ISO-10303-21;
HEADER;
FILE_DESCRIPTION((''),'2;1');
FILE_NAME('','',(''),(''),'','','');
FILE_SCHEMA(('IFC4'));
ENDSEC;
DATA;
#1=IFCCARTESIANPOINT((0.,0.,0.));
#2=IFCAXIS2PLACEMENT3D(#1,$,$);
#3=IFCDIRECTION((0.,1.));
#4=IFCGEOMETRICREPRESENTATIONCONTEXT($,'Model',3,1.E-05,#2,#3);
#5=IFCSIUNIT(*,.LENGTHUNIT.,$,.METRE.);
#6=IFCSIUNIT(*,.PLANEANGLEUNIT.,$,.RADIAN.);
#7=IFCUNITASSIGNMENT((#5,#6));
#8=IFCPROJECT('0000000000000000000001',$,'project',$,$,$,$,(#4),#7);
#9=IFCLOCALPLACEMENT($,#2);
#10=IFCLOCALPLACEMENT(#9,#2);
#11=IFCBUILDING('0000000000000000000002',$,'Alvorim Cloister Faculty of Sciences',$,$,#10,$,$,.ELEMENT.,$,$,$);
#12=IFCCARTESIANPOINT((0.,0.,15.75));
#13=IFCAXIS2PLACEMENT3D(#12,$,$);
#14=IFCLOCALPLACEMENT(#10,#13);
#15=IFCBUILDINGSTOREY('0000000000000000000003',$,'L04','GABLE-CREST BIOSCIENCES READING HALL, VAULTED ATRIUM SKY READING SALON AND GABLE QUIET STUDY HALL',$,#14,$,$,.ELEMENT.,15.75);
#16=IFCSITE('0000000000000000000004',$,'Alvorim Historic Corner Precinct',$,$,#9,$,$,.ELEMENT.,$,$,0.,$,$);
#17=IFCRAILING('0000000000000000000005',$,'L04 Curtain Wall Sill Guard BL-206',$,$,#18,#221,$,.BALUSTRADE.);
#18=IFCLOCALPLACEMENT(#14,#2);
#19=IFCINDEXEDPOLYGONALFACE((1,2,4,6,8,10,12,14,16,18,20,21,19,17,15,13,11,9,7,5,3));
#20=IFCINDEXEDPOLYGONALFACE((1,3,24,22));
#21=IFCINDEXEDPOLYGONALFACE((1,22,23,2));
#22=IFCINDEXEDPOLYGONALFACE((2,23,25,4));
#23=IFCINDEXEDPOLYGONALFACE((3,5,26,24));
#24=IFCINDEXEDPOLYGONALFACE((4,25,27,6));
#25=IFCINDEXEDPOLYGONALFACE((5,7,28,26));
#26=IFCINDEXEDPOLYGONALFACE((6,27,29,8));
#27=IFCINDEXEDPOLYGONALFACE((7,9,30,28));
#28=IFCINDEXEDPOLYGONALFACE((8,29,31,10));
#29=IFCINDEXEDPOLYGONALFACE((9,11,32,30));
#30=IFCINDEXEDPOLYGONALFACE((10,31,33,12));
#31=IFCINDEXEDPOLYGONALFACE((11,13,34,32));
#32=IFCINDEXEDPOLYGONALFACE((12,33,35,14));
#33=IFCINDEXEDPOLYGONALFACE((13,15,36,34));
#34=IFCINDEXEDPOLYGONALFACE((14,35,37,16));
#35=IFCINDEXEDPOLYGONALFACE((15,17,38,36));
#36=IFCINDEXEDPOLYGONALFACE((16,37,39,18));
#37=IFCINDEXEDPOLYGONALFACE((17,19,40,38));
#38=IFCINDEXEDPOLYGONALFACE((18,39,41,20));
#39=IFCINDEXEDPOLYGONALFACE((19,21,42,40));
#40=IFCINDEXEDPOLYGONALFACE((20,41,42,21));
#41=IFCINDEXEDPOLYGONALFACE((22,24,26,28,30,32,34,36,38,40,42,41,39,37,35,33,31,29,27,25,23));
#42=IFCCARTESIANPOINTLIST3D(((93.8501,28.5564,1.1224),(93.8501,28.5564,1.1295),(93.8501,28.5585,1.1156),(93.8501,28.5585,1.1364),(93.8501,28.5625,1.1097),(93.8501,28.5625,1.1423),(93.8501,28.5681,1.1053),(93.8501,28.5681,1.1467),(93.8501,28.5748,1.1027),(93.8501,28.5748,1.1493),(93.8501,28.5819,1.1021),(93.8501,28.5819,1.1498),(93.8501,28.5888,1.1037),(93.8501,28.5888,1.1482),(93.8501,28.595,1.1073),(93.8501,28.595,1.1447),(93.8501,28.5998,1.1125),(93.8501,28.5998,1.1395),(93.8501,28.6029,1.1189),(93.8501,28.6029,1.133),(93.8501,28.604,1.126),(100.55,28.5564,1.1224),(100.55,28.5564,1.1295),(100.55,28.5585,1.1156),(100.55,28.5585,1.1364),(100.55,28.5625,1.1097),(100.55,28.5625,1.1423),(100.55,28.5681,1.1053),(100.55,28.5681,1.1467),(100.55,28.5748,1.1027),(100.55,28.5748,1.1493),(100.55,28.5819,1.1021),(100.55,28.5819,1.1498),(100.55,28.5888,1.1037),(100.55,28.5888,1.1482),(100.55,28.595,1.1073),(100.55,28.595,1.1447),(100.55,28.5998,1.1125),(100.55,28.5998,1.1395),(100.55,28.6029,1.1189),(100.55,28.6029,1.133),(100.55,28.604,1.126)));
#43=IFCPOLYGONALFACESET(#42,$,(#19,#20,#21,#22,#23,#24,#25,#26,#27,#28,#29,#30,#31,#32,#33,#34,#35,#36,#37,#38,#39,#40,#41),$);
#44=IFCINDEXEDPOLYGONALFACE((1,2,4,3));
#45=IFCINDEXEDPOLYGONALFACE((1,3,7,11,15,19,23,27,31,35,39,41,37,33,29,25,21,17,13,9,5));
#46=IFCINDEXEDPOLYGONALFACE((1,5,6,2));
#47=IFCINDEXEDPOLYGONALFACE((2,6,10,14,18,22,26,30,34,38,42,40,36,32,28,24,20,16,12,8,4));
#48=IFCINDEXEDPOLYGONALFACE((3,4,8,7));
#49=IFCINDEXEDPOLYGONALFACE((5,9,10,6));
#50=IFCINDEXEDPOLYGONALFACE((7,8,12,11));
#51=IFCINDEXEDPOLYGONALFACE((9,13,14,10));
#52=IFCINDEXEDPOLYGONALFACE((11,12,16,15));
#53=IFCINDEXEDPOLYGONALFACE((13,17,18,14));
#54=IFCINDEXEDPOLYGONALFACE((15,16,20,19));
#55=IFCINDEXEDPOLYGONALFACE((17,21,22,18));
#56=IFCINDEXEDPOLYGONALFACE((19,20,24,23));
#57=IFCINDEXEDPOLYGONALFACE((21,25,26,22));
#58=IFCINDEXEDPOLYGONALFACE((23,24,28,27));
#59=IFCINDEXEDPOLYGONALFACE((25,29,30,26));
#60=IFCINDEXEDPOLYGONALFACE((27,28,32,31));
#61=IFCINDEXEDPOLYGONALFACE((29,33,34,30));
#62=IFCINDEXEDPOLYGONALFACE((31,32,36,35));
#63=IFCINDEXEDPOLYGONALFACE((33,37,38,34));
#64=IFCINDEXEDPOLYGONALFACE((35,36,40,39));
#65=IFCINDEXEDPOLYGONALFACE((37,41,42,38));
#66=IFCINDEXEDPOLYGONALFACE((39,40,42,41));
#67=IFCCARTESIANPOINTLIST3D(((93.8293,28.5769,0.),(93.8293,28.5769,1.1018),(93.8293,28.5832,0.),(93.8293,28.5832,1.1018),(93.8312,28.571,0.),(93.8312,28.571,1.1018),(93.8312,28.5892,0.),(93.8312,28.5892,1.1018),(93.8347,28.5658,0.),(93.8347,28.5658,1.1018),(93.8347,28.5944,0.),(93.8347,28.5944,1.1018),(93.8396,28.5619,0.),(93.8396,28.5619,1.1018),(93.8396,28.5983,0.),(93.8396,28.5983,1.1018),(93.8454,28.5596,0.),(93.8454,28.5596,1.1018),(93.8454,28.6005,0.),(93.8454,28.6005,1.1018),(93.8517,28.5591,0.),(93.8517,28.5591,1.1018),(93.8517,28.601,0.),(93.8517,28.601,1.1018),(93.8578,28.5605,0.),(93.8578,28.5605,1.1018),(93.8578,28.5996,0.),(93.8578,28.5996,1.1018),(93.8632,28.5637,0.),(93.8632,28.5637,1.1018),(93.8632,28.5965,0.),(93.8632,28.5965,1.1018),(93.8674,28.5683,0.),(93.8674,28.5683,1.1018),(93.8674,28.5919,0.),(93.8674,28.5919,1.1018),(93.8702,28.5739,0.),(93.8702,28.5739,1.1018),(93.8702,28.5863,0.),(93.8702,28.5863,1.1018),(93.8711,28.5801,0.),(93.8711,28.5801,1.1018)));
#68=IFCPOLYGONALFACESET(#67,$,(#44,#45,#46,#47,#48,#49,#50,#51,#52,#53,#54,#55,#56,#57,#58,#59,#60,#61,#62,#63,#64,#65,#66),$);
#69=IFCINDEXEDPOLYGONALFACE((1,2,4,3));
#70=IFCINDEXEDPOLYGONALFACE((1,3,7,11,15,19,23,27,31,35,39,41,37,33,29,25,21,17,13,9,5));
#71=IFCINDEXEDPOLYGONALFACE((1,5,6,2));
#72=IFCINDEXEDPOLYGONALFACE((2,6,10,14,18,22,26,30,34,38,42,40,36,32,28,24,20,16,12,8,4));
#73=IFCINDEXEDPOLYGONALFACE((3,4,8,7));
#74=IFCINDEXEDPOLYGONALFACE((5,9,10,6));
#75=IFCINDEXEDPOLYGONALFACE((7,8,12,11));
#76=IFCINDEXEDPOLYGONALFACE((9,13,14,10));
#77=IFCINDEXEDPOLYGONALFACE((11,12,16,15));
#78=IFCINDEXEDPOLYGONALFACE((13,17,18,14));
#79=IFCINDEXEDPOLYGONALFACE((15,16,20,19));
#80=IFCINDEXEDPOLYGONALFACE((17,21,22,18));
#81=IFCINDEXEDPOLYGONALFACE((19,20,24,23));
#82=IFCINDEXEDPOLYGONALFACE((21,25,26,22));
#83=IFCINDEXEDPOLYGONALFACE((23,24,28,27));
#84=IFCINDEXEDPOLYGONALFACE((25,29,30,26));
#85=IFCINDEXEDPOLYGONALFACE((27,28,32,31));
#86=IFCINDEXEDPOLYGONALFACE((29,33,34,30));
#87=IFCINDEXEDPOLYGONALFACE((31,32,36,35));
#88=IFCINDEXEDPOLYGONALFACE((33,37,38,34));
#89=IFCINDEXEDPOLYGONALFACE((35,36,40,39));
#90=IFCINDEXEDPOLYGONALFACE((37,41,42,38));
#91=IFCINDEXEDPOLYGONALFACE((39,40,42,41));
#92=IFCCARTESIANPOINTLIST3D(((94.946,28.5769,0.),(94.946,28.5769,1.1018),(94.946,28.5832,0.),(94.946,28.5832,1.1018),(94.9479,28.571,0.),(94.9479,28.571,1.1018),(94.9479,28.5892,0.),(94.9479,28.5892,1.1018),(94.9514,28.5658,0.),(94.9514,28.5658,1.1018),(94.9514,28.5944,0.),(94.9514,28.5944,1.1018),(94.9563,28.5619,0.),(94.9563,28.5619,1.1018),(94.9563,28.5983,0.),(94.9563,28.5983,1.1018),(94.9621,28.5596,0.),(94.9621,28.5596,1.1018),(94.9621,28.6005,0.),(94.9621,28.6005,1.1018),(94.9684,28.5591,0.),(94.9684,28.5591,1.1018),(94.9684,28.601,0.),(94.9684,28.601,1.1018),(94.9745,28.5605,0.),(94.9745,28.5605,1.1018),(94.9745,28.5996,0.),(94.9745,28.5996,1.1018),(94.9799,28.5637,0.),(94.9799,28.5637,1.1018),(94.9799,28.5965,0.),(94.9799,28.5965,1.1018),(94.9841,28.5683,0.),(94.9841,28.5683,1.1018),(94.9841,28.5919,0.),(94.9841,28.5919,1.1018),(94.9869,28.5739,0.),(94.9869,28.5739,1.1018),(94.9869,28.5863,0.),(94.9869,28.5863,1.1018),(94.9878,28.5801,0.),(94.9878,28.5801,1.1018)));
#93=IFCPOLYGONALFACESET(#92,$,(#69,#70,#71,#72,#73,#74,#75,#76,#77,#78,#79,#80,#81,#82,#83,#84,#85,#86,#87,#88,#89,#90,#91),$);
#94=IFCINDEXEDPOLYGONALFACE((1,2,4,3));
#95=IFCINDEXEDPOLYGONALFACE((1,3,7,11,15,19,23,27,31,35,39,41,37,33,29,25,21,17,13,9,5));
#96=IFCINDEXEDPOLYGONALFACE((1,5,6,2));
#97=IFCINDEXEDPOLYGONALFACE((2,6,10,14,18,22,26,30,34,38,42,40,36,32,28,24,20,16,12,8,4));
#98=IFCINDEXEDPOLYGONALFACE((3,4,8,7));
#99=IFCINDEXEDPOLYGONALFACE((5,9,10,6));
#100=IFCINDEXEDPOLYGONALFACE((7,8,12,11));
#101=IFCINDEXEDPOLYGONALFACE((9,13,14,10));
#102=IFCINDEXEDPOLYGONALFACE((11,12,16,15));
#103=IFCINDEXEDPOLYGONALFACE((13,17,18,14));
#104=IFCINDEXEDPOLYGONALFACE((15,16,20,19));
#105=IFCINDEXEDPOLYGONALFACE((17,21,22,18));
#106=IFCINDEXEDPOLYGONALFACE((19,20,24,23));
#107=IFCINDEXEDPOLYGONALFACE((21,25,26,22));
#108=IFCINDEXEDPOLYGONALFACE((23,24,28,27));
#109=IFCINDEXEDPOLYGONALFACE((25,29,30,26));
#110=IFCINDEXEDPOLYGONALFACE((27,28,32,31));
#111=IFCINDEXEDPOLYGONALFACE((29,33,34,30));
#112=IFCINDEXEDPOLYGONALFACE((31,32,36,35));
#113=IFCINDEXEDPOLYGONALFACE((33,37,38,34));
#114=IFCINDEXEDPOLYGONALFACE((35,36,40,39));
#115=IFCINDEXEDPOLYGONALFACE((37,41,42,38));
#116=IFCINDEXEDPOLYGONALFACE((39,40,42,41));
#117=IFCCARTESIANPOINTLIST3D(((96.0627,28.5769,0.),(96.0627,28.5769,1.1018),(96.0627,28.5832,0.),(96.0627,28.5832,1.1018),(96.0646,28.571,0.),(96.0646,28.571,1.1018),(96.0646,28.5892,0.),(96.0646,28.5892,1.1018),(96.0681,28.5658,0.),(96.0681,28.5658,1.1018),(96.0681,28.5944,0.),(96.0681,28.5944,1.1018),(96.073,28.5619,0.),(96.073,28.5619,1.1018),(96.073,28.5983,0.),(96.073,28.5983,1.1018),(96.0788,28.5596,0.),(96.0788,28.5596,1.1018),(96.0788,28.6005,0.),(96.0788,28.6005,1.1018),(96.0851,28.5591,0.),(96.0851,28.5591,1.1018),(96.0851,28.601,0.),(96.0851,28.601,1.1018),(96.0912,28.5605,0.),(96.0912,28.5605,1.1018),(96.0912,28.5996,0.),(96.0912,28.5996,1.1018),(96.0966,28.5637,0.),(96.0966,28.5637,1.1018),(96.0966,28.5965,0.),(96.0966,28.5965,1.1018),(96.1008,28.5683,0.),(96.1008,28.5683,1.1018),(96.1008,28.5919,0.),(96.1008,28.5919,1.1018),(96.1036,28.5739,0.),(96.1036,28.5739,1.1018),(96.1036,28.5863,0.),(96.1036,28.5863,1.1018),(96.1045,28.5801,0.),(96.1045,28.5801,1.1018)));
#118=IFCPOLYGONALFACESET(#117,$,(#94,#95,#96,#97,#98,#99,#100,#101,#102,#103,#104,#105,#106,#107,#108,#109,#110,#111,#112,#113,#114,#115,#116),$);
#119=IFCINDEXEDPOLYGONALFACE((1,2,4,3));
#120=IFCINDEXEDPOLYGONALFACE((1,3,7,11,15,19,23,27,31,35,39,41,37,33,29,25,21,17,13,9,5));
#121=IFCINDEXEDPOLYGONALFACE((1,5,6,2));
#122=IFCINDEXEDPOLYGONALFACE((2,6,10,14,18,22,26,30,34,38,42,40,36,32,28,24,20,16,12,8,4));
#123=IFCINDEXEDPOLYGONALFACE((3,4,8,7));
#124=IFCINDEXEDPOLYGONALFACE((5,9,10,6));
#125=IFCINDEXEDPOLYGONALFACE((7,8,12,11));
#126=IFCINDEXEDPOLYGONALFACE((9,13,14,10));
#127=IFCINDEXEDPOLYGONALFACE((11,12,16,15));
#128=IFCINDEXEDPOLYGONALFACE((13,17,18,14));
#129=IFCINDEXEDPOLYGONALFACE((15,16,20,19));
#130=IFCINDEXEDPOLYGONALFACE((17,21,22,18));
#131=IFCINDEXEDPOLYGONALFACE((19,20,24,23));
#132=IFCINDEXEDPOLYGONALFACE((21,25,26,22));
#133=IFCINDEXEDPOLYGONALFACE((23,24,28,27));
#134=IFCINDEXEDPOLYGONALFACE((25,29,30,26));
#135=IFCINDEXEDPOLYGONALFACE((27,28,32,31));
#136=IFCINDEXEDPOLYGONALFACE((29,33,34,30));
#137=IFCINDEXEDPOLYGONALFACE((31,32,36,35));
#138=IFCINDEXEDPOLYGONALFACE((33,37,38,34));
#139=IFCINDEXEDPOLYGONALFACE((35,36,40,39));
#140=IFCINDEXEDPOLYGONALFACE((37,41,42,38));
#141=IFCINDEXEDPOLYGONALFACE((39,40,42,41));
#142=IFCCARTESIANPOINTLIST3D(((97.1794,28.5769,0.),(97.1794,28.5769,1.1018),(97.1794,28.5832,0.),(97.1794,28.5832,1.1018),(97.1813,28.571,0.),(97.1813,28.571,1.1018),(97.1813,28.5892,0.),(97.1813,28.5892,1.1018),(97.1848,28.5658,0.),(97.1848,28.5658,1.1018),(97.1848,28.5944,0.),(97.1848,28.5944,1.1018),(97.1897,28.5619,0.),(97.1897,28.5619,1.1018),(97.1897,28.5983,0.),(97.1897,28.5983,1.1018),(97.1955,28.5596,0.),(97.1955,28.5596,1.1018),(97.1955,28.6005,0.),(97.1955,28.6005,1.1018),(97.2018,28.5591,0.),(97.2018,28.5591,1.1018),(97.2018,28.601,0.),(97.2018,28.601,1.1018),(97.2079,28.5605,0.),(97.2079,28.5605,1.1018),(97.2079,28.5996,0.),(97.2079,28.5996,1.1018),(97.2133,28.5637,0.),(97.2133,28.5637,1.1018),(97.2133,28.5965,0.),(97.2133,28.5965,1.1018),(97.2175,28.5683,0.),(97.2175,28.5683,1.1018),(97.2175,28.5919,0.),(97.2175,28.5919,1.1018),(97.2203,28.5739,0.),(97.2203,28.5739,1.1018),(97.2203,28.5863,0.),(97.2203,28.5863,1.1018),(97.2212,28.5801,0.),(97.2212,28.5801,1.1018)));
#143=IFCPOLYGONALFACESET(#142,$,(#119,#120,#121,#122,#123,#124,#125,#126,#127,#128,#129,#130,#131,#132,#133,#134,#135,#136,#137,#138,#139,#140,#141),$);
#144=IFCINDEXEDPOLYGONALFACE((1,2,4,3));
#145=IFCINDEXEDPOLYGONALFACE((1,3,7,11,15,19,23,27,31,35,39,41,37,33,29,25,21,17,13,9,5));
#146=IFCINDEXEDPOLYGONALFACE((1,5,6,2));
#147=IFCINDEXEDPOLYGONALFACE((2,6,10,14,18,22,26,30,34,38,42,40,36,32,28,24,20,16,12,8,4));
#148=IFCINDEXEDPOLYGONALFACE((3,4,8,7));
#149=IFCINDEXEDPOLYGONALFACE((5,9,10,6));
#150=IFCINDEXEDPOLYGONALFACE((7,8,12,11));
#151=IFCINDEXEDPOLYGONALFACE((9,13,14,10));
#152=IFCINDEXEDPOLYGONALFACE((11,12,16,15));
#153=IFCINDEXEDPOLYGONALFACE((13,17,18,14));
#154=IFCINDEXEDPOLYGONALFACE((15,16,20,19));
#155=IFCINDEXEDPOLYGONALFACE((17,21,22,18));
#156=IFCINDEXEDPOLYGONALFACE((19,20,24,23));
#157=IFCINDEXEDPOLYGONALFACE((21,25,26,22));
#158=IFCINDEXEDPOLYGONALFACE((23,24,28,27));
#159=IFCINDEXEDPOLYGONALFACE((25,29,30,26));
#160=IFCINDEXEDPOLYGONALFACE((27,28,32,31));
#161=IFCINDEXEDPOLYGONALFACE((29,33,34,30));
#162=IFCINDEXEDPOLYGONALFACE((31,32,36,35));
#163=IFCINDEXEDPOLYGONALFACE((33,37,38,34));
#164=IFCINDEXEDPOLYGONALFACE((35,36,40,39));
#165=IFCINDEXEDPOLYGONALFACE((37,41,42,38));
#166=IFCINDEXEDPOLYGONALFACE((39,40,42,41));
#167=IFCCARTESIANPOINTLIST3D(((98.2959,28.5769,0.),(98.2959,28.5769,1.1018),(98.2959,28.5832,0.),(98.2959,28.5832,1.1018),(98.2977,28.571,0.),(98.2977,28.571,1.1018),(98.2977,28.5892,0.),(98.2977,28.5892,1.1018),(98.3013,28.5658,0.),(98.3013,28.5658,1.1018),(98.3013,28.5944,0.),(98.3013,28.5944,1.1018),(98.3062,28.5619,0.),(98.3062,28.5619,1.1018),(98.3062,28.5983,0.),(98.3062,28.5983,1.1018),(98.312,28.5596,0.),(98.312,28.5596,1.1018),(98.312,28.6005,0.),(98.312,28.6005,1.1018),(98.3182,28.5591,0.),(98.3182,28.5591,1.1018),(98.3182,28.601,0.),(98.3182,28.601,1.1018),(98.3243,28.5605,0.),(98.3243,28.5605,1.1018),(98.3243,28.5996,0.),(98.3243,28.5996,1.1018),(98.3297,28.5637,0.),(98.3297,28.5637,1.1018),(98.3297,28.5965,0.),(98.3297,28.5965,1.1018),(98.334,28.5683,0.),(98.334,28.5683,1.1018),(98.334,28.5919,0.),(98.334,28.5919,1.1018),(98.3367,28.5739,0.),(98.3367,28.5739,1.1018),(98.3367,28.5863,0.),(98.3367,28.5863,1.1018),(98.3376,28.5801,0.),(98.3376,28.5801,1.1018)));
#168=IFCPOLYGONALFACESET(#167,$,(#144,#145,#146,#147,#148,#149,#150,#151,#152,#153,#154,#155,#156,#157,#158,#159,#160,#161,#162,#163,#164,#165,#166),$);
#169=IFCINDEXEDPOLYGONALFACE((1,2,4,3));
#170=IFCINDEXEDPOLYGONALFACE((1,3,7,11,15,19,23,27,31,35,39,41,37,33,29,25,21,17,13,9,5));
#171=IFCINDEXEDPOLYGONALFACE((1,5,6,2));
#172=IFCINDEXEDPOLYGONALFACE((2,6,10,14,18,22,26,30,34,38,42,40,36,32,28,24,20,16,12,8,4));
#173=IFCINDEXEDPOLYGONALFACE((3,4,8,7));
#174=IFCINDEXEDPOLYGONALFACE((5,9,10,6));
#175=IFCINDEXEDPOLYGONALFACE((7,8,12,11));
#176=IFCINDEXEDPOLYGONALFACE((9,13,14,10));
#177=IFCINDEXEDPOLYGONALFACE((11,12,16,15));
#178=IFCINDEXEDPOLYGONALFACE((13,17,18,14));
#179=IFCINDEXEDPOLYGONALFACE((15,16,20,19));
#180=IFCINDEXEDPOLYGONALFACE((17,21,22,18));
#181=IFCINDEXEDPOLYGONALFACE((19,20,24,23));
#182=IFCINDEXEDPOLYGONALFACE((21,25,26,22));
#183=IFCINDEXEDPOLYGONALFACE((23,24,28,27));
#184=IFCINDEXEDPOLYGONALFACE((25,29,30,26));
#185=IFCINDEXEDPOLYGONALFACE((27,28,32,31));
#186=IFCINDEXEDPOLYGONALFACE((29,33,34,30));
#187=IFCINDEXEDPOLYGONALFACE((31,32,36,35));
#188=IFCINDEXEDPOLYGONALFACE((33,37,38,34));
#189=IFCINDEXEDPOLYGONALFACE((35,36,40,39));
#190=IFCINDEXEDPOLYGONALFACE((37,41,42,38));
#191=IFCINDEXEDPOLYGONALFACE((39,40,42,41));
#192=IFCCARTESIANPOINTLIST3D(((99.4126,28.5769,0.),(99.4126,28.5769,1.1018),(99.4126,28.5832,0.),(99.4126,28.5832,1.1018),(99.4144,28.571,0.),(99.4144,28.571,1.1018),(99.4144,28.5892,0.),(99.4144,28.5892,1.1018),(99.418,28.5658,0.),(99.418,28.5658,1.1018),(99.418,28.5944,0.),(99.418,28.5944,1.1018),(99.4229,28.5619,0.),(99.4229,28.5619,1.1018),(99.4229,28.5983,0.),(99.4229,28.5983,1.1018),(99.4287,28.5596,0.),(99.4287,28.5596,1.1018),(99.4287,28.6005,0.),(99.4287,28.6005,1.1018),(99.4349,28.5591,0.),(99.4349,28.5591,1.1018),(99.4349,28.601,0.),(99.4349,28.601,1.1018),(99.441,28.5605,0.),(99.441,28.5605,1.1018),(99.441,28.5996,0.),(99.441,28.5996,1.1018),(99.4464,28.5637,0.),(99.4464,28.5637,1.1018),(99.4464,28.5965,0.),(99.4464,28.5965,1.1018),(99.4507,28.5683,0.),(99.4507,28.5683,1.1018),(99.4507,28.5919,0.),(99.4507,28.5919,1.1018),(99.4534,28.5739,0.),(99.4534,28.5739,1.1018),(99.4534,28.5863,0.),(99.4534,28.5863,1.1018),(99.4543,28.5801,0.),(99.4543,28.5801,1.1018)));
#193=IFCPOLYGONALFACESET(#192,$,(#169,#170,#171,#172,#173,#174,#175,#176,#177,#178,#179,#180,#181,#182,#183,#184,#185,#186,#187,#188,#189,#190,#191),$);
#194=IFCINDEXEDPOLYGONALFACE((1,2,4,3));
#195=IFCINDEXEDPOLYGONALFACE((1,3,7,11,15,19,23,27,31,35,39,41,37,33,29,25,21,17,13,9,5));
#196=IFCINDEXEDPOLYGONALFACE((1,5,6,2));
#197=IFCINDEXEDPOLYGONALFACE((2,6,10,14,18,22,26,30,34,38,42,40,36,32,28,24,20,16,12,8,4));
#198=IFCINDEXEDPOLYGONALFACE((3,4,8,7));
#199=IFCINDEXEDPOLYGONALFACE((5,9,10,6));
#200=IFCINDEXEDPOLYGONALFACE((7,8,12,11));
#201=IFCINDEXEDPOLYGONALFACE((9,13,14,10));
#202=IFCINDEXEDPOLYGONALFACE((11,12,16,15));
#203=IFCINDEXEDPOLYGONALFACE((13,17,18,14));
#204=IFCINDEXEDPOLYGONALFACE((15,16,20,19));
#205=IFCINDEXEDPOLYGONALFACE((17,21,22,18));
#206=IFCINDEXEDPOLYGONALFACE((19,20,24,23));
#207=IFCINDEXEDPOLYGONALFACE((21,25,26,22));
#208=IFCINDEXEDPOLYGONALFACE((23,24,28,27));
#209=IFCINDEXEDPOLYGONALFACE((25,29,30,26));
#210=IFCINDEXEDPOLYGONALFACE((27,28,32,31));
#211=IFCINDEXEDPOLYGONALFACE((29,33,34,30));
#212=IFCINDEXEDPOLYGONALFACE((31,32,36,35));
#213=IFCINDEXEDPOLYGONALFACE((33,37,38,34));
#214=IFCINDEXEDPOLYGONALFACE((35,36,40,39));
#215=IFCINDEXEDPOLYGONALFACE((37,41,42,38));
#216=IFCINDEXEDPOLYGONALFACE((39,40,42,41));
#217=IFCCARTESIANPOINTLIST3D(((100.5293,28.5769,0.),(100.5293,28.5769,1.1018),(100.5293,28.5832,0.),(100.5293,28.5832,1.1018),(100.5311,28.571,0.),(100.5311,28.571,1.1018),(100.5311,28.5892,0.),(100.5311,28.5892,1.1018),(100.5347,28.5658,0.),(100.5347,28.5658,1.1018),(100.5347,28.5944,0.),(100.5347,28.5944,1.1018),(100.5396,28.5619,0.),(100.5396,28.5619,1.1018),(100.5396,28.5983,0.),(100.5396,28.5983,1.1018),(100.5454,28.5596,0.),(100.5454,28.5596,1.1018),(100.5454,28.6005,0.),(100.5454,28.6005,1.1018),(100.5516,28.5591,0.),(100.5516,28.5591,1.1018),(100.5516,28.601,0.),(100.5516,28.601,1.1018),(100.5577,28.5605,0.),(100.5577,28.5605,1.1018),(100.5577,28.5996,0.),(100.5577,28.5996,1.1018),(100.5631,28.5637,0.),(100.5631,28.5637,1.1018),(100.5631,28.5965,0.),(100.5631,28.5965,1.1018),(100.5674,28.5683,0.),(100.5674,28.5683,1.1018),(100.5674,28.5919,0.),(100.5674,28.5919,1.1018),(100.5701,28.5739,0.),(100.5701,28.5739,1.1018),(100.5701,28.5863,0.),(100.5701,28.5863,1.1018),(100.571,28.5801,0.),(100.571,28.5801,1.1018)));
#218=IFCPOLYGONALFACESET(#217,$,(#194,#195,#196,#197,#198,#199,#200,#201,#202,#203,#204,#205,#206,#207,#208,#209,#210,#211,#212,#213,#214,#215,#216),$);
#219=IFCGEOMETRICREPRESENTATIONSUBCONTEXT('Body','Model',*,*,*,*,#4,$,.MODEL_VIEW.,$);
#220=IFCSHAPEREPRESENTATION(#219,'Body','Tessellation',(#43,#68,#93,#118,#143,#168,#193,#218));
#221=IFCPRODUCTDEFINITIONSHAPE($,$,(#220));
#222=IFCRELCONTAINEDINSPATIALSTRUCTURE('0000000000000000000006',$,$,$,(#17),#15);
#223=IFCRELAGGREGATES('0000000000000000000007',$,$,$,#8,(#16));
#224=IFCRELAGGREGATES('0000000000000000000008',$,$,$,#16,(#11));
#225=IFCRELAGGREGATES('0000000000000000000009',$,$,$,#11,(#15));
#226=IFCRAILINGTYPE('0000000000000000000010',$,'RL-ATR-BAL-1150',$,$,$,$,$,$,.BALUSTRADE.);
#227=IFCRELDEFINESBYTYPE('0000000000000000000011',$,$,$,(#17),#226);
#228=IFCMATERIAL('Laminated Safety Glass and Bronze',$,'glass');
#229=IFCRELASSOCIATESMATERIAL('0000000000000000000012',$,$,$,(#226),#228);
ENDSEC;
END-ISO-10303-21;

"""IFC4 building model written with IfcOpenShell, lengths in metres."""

from ifc_helpers import new_model, si_unit, direction, frame, origin, origin_2d, place, context, subcontext, project, spatial, circle, extrude, material, type_object, element, save


model = new_model("IFC4")

# Units and contexts
model_context = context("Model", 3, precision=1e-05, world=origin(), true_north=direction((0.0, 1.0)))
body_context = subcontext(model_context, "Body", "Model", "MODEL_VIEW")
ifc_project = project(units=[si_unit("LENGTHUNIT", "METRE"), si_unit("PLANEANGLEUNIT", "RADIAN")], contexts=[model_context])

# Site, building, storey
site_placement = place(None, origin())
site = spatial("IfcSite", under=ifc_project, at=site_placement, Name="Alvorim Historic Corner Precinct", CompositionType="ELEMENT", RefElevation=0.0)
building_placement = place(site_placement, origin())
building = spatial("IfcBuilding", under=site, at=building_placement, Name="Alvorim Cloister Faculty of Sciences", CompositionType="ELEMENT")
storey_placement = place(building_placement, frame((0.0, 0.0, 15.75)))
storey = spatial("IfcBuildingStorey", under=building, at=storey_placement, Name="L04", Description="GABLE-CREST BIOSCIENCES READING HALL, VAULTED ATRIUM SKY READING SALON AND GABLE QUIET STUDY HALL", CompositionType="ELEMENT", Elevation=15.75)

# Railing
ifc_material_1 = material(Name="Laminated Safety Glass and Bronze", Category="glass")
railing_type = type_object("IfcRailingType", Name="RL-ATR-BAL-1150", PredefinedType="BALUSTRADE", material=ifc_material_1)
railing_placement = place(storey_placement, frame((93.8501, 28.5801, 0.0)))
element("IfcRailing", 1, at=railing_placement, inside=storey, type_object=railing_type, Name="L04 Curtain Wall Sill Guard BL-206", PredefinedType="BALUSTRADE", context=body_context, shape_type="SweptSolid", body=[
    extrude(circle(Radius=0.0239, at=origin_2d()), frame((0.0, 0.0, 1.126), z_axis=(1.0, 0.0, 0.0), x_axis=(0.0, 1.0, 0.0)), (0.0, 0.0, 1.0), 6.7),
    extrude(circle(Radius=0.021, at=origin_2d()), origin(), (0.0, 0.0, 1.0), 1.1018),
    extrude(circle(Radius=0.021, at=origin_2d()), frame((1.1167, 0.0, 0.0)), (0.0, 0.0, 1.0), 1.1018),
    extrude(circle(Radius=0.021, at=origin_2d()), frame((2.2334, 0.0, 0.0)), (0.0, 0.0, 1.0), 1.1018),
    extrude(circle(Radius=0.021, at=origin_2d()), frame((3.3501, 0.0, 0.0)), (0.0, 0.0, 1.0), 1.1018),
    extrude(circle(Radius=0.021, at=origin_2d()), frame((4.4666, 0.0, 0.0)), (0.0, 0.0, 1.0), 1.1018),
    extrude(circle(Radius=0.021, at=origin_2d()), frame((5.5833, 0.0, 0.0)), (0.0, 0.0, 1.0), 1.1018),
    extrude(circle(Radius=0.021, at=origin_2d()), frame((6.7, 0.0, 0.0)), (0.0, 0.0, 1.0), 1.1018),
])

save(model, "model.ifc")
